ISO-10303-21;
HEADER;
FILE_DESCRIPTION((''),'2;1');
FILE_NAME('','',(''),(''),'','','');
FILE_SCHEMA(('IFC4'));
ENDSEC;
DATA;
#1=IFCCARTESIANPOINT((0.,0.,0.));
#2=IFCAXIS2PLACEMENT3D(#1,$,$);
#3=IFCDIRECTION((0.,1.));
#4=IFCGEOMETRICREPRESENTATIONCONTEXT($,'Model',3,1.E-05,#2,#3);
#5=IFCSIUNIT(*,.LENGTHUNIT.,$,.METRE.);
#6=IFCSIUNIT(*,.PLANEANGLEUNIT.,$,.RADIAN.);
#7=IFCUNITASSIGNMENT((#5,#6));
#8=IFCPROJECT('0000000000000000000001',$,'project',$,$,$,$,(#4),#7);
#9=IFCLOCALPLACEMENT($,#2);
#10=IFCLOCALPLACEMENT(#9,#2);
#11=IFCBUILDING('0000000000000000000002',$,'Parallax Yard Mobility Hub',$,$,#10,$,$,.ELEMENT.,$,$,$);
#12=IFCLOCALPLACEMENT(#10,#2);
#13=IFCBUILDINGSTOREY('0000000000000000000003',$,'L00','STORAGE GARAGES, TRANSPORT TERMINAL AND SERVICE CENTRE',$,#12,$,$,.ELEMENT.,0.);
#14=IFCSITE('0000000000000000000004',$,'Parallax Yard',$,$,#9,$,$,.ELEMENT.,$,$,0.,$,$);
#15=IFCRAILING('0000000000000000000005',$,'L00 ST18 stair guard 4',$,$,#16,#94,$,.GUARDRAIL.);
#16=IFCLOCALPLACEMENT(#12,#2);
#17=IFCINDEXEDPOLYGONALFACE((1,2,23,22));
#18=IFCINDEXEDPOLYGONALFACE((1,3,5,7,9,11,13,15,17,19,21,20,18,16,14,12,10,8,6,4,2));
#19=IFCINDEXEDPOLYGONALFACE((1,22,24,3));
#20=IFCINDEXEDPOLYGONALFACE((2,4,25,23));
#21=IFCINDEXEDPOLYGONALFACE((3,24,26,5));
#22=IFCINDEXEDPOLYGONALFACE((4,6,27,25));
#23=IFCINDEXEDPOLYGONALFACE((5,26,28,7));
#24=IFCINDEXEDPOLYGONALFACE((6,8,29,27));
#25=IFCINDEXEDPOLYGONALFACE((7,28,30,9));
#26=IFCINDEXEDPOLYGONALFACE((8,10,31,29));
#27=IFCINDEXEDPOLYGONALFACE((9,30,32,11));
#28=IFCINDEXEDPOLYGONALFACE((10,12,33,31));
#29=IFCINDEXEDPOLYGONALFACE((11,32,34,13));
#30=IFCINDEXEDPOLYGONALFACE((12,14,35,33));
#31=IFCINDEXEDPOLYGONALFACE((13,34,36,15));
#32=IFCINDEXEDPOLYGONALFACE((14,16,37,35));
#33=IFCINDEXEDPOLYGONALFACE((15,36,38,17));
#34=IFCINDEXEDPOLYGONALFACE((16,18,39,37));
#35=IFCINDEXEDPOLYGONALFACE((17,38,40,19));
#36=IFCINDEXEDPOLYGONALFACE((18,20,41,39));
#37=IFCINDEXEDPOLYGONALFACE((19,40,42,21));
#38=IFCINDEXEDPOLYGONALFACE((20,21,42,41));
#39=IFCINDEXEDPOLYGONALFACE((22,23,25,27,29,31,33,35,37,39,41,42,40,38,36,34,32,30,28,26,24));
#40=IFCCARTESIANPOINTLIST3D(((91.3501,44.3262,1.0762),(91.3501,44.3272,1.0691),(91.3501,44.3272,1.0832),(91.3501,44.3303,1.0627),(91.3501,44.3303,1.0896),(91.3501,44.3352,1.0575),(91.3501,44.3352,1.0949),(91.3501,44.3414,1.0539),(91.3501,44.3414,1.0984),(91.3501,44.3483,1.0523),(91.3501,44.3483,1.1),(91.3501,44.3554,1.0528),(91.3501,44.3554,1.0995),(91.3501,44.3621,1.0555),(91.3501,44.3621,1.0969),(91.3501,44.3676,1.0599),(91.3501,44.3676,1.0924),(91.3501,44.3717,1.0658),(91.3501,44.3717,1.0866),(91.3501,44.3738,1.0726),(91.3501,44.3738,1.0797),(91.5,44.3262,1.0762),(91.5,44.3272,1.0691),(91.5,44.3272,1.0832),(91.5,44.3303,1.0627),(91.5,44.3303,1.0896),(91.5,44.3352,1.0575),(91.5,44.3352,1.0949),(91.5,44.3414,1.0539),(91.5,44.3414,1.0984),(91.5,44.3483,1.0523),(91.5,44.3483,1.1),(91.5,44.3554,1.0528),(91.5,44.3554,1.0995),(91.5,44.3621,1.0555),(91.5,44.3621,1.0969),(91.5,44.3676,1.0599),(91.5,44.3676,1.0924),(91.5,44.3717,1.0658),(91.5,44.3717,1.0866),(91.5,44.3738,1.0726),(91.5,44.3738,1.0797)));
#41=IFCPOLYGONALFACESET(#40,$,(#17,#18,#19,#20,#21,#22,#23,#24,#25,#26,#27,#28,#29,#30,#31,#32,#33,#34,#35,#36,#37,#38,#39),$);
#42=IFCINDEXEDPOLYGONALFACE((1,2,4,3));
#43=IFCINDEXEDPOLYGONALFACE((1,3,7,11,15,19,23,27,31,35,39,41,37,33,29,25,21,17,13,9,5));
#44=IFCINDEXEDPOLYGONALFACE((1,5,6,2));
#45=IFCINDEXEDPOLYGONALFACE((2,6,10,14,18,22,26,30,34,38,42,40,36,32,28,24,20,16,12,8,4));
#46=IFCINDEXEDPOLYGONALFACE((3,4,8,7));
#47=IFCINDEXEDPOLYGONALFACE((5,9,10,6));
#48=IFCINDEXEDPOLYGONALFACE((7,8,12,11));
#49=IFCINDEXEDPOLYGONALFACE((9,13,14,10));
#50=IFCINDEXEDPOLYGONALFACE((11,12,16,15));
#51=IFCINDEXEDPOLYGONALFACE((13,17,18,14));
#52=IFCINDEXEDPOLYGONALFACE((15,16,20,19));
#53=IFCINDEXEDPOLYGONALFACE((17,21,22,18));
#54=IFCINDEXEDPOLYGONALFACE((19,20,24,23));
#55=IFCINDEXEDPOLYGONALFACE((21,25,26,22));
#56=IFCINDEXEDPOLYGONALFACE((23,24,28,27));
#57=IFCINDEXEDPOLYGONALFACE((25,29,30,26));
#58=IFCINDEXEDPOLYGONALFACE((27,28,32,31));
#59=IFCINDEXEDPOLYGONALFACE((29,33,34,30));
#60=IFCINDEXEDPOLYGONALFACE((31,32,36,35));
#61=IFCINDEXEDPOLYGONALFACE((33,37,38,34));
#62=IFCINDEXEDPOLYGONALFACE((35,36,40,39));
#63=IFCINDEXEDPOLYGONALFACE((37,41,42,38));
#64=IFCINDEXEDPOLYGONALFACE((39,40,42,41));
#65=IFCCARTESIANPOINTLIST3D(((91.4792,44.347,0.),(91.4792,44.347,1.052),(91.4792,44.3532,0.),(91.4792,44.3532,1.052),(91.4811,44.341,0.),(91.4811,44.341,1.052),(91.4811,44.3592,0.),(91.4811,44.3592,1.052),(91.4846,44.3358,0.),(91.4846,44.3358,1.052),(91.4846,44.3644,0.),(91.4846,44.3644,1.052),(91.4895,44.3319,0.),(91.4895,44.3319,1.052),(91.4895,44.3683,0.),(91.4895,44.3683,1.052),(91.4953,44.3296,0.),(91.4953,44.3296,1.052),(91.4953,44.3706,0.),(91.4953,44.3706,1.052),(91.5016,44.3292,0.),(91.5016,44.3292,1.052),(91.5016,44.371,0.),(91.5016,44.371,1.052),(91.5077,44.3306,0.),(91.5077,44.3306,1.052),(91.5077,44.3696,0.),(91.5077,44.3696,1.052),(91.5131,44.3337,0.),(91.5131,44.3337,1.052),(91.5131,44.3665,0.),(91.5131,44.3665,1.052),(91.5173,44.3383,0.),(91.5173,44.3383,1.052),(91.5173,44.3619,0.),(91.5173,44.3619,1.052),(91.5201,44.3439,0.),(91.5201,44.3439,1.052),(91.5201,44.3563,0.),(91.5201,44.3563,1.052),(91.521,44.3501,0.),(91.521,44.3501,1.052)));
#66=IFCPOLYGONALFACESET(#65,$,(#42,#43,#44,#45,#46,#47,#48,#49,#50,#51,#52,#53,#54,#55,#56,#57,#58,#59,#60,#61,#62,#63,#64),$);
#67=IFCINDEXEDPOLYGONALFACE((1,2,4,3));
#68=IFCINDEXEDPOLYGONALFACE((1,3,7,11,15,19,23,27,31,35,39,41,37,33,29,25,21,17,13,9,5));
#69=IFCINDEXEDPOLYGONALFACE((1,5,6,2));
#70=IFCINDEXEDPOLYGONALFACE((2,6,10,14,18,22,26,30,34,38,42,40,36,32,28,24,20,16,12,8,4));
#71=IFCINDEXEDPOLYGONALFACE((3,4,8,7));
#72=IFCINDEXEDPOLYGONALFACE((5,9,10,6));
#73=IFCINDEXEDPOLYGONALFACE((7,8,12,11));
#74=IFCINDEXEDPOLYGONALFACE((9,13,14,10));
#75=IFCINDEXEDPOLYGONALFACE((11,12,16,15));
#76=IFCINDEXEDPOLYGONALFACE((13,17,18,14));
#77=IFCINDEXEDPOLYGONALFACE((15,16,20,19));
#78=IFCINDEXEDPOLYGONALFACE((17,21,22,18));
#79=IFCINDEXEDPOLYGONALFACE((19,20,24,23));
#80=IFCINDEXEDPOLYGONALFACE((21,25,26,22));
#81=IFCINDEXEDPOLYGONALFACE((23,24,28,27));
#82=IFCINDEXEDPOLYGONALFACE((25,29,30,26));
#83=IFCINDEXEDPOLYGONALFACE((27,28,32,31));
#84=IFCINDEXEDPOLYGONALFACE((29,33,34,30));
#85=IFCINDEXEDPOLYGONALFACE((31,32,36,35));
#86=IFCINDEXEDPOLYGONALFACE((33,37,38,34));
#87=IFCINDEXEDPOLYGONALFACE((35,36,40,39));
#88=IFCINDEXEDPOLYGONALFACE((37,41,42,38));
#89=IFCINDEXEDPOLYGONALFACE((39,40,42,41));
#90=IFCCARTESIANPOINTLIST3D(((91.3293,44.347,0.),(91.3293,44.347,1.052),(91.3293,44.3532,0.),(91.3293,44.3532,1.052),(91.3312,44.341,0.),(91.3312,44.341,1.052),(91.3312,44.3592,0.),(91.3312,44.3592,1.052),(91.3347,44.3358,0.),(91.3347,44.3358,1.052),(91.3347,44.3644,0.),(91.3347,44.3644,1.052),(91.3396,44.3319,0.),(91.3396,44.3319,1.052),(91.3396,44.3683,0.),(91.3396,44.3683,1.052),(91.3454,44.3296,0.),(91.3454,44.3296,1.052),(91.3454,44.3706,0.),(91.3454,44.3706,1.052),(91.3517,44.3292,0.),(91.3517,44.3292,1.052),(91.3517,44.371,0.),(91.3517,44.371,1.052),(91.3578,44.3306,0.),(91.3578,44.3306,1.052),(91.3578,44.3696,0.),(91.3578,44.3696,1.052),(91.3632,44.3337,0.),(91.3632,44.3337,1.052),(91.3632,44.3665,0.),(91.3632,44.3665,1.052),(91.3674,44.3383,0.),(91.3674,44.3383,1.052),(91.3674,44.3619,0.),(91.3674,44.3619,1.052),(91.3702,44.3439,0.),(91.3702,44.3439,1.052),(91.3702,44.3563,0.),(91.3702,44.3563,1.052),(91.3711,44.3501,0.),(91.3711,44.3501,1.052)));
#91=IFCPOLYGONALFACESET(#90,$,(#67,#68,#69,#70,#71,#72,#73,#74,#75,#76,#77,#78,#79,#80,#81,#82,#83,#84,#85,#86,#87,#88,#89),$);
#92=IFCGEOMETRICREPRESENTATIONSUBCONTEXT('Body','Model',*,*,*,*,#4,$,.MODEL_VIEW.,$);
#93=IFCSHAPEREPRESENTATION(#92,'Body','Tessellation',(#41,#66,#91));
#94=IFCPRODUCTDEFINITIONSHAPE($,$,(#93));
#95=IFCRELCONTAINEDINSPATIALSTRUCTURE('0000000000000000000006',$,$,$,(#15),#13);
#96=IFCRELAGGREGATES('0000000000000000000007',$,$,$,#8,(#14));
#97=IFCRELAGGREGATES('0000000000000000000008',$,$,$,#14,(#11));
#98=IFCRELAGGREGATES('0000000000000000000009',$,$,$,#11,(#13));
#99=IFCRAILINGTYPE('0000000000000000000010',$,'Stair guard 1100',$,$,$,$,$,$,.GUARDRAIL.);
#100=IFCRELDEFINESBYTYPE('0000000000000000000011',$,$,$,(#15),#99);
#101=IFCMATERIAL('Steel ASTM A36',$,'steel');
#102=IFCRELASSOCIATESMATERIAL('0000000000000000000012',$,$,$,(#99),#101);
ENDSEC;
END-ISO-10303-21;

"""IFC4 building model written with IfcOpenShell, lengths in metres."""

from ifc_helpers import new_model, si_unit, direction, frame, origin, origin_2d, place, context, subcontext, project, spatial, circle, extrude, material, type_object, element, save


model = new_model("IFC4")

# Units and contexts
model_context = context("Model", 3, precision=1e-05, world=origin(), true_north=direction((0.0, 1.0)))
body_context = subcontext(model_context, "Body", "Model", "MODEL_VIEW")
ifc_project = project(units=[si_unit("LENGTHUNIT", "METRE"), si_unit("PLANEANGLEUNIT", "RADIAN")], contexts=[model_context])

# Site, building, storey
site_placement = place(None, origin())
site = spatial("IfcSite", under=ifc_project, at=site_placement, Name="Parallax Yard", CompositionType="ELEMENT", RefElevation=0.0)
building_placement = place(site_placement, origin())
building = spatial("IfcBuilding", under=site, at=building_placement, Name="Parallax Yard Mobility Hub", CompositionType="ELEMENT")
storey_placement = place(building_placement, origin())
storey = spatial("IfcBuildingStorey", under=building, at=storey_placement, Name="L00", Description="STORAGE GARAGES, TRANSPORT TERMINAL AND SERVICE CENTRE", CompositionType="ELEMENT", Elevation=0.0)

# Railing
ifc_material_1 = material(Name="Steel ASTM A36", Category="steel")
railing_type_1 = type_object("IfcRailingType", Name="Stair guard 1100", PredefinedType="GUARDRAIL", material=ifc_material_1)
railing_1_placement = place(storey_placement, frame((91.5, 44.3501, 0.0)))
element("IfcRailing", 1, at=railing_1_placement, inside=storey, type_object=railing_type_1, Name="L00 ST18 stair guard 4", PredefinedType="GUARDRAIL", context=body_context, shape_type="SweptSolid", body=[
    extrude(circle(Radius=0.0239, at=origin_2d()), frame((0.0, 0.0, 1.0762), z_axis=(-1.0, 0.0, 0.0), x_axis=(0.0, -1.0, 0.0)), (0.0, 0.0, 1.0), 0.1499),
    extrude(circle(Radius=0.021, at=origin_2d()), origin(), (0.0, 0.0, 1.0), 1.052),
    extrude(circle(Radius=0.021, at=origin_2d()), frame((-0.1499, 0.0, 0.0)), (0.0, 0.0, 1.0), 1.052),
])

save(model, "model.ifc")
